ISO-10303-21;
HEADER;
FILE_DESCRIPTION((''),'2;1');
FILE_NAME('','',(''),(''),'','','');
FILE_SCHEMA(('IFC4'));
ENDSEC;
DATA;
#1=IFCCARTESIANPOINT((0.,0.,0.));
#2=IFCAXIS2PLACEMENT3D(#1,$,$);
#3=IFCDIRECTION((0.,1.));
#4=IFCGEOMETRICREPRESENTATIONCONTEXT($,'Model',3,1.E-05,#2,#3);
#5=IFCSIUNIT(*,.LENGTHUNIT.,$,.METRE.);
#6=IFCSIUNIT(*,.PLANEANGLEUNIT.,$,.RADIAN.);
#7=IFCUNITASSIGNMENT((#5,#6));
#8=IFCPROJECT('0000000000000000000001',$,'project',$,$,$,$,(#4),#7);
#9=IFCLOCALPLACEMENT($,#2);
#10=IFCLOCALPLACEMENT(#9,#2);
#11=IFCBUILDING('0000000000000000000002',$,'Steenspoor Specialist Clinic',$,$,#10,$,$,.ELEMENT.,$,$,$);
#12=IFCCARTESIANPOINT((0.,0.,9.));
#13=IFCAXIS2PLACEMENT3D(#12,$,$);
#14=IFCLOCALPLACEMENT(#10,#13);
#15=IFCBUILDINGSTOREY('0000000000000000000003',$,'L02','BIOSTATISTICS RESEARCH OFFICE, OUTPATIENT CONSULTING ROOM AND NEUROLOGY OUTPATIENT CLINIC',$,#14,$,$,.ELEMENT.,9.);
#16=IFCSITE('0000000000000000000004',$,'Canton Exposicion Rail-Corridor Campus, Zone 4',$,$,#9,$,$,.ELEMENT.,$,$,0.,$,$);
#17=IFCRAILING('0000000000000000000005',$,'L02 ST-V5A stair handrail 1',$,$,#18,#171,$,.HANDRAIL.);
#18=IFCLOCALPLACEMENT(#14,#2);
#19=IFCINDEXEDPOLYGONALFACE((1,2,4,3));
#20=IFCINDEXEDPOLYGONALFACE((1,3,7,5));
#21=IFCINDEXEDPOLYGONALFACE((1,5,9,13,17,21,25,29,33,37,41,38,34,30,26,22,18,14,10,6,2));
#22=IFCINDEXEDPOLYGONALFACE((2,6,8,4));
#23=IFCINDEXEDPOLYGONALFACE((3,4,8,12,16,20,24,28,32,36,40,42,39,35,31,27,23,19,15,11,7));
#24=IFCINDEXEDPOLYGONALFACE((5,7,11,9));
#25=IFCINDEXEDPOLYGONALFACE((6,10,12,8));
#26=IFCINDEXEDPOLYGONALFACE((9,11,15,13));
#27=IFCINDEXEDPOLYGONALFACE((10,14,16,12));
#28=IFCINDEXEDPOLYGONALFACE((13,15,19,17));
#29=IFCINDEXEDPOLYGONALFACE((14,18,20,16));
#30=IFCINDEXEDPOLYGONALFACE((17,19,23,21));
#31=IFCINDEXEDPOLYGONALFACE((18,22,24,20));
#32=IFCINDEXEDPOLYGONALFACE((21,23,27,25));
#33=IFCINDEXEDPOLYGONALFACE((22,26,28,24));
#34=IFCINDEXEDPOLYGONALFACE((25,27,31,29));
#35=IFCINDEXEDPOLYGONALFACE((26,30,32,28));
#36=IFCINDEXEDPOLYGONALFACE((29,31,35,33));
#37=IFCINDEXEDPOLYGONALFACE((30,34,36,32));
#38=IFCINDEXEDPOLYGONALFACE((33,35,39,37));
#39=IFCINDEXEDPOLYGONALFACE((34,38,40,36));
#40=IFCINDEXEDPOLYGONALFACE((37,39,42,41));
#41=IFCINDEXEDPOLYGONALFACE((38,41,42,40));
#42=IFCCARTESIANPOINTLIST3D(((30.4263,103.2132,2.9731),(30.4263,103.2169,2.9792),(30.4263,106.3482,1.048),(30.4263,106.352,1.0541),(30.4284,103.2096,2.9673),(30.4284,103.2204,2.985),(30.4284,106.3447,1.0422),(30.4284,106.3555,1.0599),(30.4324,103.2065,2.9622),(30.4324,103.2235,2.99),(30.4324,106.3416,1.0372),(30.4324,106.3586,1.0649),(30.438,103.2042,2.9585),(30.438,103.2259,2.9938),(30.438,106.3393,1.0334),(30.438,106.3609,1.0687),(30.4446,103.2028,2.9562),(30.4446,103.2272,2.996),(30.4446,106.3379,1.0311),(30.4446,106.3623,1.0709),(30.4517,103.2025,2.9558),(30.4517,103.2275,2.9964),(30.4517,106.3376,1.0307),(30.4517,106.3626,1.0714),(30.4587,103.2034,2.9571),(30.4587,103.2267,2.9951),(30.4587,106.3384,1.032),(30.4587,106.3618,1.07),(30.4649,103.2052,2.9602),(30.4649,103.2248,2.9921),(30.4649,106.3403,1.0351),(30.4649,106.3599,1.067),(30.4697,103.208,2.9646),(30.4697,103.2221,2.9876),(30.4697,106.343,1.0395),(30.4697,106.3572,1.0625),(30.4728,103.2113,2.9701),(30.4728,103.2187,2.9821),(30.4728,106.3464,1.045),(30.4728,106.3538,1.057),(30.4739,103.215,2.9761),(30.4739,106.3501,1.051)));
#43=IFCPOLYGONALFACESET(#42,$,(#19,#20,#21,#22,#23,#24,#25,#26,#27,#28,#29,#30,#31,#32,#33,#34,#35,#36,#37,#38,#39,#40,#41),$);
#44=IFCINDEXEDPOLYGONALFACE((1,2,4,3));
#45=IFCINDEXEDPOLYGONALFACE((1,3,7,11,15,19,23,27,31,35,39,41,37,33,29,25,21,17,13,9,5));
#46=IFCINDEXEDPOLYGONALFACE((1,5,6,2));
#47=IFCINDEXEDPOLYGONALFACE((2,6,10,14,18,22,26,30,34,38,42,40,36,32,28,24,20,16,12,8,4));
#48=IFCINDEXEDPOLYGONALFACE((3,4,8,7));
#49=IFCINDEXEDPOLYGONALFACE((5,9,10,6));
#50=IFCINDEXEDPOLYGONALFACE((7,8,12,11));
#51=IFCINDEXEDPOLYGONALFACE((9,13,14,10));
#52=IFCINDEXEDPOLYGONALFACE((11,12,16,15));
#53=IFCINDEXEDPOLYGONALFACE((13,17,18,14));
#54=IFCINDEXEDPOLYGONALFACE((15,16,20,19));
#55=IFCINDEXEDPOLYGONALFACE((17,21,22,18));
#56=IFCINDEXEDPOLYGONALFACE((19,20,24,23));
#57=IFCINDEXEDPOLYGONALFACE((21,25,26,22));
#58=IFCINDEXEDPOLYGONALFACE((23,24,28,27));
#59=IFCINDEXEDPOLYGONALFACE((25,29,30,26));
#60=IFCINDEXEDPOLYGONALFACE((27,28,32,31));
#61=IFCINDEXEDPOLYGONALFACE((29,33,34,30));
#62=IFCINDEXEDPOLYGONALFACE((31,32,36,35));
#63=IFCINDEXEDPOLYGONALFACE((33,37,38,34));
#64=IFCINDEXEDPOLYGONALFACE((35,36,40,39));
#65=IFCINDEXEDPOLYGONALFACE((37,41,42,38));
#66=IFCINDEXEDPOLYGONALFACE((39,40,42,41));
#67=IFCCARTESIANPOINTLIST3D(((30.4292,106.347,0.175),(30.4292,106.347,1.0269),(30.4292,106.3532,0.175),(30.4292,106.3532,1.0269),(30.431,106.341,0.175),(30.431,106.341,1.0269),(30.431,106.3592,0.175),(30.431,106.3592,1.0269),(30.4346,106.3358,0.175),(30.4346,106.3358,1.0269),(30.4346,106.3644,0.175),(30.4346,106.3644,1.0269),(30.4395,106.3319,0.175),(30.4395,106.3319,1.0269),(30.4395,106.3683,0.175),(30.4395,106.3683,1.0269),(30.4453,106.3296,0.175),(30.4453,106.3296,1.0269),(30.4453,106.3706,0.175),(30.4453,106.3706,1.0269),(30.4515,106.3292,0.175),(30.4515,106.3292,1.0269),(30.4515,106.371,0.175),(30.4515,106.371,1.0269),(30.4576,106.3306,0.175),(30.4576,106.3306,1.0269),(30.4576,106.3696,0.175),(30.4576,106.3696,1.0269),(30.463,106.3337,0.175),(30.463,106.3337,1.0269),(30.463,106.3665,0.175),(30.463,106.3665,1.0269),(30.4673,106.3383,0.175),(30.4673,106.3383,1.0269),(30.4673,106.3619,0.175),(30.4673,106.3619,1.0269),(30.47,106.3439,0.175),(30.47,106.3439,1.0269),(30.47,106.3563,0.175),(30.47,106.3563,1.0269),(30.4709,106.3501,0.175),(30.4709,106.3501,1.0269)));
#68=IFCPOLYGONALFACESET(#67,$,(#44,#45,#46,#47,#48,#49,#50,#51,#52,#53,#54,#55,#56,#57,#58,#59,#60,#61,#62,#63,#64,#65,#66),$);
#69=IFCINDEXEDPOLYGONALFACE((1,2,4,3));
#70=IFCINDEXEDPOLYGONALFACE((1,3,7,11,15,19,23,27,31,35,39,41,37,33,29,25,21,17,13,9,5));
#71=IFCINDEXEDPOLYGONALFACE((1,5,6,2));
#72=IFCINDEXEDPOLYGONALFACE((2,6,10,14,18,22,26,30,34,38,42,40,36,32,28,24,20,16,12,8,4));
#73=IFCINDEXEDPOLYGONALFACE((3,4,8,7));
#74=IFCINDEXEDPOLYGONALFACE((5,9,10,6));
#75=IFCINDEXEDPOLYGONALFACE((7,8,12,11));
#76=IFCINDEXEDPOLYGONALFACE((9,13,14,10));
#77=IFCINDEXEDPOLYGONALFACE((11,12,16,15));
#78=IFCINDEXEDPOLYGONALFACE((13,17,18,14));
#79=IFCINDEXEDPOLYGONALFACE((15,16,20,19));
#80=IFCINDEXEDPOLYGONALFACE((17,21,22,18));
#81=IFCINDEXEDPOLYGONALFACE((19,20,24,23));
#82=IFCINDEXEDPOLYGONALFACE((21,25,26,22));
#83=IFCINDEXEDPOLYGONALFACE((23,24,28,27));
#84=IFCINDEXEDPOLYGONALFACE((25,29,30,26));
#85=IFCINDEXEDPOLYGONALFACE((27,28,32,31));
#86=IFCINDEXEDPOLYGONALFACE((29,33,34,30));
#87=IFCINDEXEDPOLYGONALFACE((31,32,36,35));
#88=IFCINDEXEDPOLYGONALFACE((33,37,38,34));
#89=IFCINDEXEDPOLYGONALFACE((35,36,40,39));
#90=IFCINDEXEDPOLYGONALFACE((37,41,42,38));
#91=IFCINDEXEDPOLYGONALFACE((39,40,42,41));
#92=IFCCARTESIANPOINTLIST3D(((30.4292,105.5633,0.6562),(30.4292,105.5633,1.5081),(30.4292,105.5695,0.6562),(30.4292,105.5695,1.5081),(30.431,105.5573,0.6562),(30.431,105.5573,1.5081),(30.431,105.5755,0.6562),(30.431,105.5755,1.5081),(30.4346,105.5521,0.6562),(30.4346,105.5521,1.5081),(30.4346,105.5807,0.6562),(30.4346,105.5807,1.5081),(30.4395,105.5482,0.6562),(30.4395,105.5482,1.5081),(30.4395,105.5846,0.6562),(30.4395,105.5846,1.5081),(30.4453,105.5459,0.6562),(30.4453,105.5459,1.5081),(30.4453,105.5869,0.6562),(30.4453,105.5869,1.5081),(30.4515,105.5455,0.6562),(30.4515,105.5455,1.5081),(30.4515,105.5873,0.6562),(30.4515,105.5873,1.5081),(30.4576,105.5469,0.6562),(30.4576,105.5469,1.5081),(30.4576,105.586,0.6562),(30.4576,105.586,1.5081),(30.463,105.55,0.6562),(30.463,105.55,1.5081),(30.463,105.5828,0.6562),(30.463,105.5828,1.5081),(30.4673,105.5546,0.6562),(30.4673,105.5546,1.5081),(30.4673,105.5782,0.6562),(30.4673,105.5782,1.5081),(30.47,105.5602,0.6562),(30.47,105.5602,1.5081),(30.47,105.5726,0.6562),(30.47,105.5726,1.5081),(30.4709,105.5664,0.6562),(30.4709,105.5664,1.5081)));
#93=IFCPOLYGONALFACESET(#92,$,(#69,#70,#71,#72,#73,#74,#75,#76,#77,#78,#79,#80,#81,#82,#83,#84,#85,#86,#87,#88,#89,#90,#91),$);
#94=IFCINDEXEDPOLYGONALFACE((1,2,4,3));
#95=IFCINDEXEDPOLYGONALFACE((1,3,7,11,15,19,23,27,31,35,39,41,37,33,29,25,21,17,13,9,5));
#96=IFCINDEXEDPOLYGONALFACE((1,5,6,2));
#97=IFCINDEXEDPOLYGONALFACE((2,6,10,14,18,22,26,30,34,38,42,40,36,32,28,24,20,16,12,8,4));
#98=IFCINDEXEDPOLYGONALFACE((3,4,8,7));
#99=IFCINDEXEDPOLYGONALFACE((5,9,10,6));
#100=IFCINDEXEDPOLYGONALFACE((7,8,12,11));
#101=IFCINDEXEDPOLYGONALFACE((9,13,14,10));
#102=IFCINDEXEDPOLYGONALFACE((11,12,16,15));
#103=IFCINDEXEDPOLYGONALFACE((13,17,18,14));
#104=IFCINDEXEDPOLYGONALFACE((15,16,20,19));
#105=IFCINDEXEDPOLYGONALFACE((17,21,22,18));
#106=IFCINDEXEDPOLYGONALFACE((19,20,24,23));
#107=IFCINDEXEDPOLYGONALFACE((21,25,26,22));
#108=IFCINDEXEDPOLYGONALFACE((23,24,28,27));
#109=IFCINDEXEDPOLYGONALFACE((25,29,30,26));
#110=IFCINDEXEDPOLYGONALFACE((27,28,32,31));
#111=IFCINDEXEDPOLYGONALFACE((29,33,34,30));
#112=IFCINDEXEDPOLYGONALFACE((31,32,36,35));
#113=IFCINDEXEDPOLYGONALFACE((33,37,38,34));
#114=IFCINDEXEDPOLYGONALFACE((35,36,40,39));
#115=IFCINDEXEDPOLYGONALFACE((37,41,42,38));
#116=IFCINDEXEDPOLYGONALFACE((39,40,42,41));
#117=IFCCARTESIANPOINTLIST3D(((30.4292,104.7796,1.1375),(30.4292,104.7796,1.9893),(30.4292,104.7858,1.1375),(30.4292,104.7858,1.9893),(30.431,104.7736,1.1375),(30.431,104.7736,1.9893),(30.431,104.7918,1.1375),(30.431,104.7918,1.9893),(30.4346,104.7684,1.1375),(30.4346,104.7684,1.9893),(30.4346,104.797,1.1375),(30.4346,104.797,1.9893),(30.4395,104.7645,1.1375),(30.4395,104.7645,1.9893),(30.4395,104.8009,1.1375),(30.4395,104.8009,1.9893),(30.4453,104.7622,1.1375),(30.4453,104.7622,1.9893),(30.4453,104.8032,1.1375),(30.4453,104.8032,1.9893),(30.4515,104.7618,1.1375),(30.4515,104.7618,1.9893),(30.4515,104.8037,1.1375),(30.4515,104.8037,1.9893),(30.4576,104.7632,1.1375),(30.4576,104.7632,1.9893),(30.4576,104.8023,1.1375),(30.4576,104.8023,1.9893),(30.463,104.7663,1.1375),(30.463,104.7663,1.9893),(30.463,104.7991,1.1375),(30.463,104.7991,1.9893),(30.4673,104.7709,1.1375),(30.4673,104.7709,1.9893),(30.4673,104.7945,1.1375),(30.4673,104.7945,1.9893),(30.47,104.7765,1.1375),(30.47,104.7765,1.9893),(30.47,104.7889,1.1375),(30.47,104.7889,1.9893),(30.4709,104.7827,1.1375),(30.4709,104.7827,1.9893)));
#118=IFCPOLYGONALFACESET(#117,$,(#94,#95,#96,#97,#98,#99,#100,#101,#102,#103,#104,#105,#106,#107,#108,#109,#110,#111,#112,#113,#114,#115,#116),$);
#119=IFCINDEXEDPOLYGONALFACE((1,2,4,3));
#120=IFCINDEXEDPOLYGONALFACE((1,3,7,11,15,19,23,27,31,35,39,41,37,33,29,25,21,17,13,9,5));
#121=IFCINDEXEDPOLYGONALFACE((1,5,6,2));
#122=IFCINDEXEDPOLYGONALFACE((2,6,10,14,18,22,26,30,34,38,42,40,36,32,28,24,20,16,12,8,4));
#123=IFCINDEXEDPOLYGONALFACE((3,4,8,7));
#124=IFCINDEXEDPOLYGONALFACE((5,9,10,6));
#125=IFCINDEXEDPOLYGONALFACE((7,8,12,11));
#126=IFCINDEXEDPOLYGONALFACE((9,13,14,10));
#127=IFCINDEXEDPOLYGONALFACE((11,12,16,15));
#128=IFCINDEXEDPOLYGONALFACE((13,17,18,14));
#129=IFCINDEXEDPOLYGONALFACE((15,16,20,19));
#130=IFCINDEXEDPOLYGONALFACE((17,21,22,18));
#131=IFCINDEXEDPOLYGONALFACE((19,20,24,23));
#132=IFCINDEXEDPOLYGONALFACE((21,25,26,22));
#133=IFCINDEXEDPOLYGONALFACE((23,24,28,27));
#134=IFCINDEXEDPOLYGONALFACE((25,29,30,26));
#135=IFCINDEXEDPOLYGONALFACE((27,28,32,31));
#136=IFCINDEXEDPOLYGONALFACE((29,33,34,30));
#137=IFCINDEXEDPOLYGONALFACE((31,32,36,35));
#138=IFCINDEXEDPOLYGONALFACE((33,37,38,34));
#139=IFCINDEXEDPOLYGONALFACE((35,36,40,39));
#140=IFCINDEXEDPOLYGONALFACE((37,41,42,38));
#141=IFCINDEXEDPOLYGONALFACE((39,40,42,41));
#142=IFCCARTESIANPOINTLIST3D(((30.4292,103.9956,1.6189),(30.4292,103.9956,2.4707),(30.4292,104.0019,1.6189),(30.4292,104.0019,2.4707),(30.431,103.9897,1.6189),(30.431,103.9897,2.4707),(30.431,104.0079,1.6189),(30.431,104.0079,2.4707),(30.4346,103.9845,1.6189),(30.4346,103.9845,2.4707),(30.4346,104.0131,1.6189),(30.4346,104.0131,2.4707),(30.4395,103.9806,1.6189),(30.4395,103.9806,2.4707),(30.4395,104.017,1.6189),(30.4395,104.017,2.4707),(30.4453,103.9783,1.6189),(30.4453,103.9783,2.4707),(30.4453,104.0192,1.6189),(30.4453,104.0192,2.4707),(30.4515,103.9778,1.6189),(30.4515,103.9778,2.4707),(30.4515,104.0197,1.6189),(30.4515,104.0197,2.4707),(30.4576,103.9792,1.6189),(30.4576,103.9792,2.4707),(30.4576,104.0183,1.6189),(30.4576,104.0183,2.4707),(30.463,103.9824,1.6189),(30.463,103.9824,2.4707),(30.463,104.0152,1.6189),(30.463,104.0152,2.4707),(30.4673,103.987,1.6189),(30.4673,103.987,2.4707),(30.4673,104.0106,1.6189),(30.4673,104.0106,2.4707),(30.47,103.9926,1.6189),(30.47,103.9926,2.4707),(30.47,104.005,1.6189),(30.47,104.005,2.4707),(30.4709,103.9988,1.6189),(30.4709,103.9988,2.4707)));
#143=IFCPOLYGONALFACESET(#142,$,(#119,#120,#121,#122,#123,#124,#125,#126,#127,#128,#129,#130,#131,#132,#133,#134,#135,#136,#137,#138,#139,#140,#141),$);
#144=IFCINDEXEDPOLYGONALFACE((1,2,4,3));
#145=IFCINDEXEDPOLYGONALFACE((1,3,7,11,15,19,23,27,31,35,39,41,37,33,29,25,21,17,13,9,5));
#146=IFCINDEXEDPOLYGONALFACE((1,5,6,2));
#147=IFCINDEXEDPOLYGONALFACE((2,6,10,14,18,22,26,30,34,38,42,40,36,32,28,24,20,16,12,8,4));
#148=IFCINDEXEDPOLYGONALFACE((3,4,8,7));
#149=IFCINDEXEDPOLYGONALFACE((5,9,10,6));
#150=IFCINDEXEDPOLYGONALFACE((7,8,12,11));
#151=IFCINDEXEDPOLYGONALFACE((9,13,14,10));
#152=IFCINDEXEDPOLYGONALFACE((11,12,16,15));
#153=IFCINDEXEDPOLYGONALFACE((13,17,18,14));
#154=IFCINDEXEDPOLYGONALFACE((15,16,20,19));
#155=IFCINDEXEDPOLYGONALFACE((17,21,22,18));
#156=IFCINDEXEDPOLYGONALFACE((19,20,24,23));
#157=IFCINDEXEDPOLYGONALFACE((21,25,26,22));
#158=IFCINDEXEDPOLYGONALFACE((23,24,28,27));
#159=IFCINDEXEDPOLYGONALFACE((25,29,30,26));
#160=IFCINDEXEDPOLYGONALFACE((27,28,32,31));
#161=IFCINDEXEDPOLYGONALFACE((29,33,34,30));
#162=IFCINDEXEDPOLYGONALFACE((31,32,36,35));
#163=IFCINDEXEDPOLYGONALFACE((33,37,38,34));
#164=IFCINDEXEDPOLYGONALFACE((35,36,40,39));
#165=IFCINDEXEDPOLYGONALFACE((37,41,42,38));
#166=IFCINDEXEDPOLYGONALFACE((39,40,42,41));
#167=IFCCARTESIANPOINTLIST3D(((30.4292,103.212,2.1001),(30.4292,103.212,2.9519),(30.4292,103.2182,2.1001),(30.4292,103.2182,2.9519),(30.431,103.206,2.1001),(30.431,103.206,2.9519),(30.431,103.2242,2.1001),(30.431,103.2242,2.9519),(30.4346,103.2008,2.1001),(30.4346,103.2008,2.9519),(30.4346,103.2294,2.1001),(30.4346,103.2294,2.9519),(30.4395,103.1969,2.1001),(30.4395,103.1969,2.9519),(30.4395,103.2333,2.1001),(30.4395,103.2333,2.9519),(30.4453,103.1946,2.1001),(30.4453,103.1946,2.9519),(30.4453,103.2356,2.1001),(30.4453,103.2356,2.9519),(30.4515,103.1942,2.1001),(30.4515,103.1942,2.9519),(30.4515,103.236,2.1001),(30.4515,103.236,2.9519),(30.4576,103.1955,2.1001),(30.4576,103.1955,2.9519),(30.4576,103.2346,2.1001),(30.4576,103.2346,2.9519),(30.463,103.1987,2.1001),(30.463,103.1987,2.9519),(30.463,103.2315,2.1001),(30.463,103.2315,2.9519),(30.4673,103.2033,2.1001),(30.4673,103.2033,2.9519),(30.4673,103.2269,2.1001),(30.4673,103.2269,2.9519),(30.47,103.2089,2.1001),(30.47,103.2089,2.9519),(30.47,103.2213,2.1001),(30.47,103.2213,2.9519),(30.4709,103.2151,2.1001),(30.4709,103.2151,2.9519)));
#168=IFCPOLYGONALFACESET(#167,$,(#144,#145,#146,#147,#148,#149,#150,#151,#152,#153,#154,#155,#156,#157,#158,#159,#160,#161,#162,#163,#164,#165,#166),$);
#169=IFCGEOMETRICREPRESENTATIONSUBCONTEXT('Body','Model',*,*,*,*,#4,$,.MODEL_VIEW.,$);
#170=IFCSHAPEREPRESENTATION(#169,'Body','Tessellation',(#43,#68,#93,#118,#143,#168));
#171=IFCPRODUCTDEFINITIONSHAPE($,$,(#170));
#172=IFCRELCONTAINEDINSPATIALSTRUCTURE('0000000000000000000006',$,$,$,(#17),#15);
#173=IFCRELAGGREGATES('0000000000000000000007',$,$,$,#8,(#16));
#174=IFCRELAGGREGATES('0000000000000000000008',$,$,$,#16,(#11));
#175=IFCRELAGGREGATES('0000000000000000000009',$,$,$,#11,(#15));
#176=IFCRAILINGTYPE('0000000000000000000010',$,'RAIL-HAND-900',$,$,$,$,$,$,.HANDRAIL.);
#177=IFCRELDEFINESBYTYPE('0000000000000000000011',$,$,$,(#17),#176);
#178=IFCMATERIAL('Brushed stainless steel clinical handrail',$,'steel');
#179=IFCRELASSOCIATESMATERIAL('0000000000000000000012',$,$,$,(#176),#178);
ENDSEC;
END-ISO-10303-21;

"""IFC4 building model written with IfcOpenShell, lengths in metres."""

from ifc_helpers import new_model, si_unit, direction, frame, origin, origin_2d, place, context, subcontext, project, spatial, circle, extrude, material, type_object, element, save


model = new_model("IFC4")

# Units and contexts
model_context = context("Model", 3, precision=1e-05, world=origin(), true_north=direction((0.0, 1.0)))
body_context = subcontext(model_context, "Body", "Model", "MODEL_VIEW")
ifc_project = project(units=[si_unit("LENGTHUNIT", "METRE"), si_unit("PLANEANGLEUNIT", "RADIAN")], contexts=[model_context])

# Site, building, storey
site_placement = place(None, origin())
site = spatial("IfcSite", under=ifc_project, at=site_placement, Name="Canton Exposicion Rail-Corridor Campus, Zone 4", CompositionType="ELEMENT", RefElevation=0.0)
building_placement = place(site_placement, origin())
building = spatial("IfcBuilding", under=site, at=building_placement, Name="Steenspoor Specialist Clinic", CompositionType="ELEMENT")
storey_placement = place(building_placement, frame((0.0, 0.0, 9.0)))
storey = spatial("IfcBuildingStorey", under=building, at=storey_placement, Name="L02", Description="BIOSTATISTICS RESEARCH OFFICE, OUTPATIENT CONSULTING ROOM AND NEUROLOGY OUTPATIENT CLINIC", CompositionType="ELEMENT", Elevation=9.0)

# Railing
ifc_material_1 = material(Name="Brushed stainless steel clinical handrail", Category="steel")
railing_type_1 = type_object("IfcRailingType", Name="RAIL-HAND-900", PredefinedType="HANDRAIL", material=ifc_material_1)
railing_1_placement = place(storey_placement, frame((30.45, 106.3501, 0.175)))
element("IfcRailing", 1, at=railing_1_placement, inside=storey, type_object=railing_type_1, Name="L02 ST-V5A stair handrail 1", PredefinedType="HANDRAIL", context=body_context, shape_type="SweptSolid", body=[
    extrude(circle(Radius=0.0239, at=origin_2d()), frame((0.0, 0.0, 0.876), z_axis=(0.0, -0.852166, 0.523271), x_axis=(1.0, 0.0, 0.0)), (0.0, 0.0, 1.0), 3.679),
    extrude(circle(Radius=0.021, at=origin_2d()), origin(), (0.0, 0.0, 1.0), 0.8518),
    extrude(circle(Radius=0.021, at=origin_2d()), frame((0.0, -0.7837, 0.4812)), (0.0, 0.0, 1.0), 0.8518),
    extrude(circle(Radius=0.021, at=origin_2d()), frame((0.0, -1.5674, 0.9624)), (0.0, 0.0, 1.0), 0.8518),
    extrude(circle(Radius=0.021, at=origin_2d()), frame((0.0, -2.3513, 1.4438)), (0.0, 0.0, 1.0), 0.8518),
    extrude(circle(Radius=0.021, at=origin_2d()), frame((0.0, -3.135, 1.925)), (0.0, 0.0, 1.0), 0.8518),
])

save(model, "model.ifc")
